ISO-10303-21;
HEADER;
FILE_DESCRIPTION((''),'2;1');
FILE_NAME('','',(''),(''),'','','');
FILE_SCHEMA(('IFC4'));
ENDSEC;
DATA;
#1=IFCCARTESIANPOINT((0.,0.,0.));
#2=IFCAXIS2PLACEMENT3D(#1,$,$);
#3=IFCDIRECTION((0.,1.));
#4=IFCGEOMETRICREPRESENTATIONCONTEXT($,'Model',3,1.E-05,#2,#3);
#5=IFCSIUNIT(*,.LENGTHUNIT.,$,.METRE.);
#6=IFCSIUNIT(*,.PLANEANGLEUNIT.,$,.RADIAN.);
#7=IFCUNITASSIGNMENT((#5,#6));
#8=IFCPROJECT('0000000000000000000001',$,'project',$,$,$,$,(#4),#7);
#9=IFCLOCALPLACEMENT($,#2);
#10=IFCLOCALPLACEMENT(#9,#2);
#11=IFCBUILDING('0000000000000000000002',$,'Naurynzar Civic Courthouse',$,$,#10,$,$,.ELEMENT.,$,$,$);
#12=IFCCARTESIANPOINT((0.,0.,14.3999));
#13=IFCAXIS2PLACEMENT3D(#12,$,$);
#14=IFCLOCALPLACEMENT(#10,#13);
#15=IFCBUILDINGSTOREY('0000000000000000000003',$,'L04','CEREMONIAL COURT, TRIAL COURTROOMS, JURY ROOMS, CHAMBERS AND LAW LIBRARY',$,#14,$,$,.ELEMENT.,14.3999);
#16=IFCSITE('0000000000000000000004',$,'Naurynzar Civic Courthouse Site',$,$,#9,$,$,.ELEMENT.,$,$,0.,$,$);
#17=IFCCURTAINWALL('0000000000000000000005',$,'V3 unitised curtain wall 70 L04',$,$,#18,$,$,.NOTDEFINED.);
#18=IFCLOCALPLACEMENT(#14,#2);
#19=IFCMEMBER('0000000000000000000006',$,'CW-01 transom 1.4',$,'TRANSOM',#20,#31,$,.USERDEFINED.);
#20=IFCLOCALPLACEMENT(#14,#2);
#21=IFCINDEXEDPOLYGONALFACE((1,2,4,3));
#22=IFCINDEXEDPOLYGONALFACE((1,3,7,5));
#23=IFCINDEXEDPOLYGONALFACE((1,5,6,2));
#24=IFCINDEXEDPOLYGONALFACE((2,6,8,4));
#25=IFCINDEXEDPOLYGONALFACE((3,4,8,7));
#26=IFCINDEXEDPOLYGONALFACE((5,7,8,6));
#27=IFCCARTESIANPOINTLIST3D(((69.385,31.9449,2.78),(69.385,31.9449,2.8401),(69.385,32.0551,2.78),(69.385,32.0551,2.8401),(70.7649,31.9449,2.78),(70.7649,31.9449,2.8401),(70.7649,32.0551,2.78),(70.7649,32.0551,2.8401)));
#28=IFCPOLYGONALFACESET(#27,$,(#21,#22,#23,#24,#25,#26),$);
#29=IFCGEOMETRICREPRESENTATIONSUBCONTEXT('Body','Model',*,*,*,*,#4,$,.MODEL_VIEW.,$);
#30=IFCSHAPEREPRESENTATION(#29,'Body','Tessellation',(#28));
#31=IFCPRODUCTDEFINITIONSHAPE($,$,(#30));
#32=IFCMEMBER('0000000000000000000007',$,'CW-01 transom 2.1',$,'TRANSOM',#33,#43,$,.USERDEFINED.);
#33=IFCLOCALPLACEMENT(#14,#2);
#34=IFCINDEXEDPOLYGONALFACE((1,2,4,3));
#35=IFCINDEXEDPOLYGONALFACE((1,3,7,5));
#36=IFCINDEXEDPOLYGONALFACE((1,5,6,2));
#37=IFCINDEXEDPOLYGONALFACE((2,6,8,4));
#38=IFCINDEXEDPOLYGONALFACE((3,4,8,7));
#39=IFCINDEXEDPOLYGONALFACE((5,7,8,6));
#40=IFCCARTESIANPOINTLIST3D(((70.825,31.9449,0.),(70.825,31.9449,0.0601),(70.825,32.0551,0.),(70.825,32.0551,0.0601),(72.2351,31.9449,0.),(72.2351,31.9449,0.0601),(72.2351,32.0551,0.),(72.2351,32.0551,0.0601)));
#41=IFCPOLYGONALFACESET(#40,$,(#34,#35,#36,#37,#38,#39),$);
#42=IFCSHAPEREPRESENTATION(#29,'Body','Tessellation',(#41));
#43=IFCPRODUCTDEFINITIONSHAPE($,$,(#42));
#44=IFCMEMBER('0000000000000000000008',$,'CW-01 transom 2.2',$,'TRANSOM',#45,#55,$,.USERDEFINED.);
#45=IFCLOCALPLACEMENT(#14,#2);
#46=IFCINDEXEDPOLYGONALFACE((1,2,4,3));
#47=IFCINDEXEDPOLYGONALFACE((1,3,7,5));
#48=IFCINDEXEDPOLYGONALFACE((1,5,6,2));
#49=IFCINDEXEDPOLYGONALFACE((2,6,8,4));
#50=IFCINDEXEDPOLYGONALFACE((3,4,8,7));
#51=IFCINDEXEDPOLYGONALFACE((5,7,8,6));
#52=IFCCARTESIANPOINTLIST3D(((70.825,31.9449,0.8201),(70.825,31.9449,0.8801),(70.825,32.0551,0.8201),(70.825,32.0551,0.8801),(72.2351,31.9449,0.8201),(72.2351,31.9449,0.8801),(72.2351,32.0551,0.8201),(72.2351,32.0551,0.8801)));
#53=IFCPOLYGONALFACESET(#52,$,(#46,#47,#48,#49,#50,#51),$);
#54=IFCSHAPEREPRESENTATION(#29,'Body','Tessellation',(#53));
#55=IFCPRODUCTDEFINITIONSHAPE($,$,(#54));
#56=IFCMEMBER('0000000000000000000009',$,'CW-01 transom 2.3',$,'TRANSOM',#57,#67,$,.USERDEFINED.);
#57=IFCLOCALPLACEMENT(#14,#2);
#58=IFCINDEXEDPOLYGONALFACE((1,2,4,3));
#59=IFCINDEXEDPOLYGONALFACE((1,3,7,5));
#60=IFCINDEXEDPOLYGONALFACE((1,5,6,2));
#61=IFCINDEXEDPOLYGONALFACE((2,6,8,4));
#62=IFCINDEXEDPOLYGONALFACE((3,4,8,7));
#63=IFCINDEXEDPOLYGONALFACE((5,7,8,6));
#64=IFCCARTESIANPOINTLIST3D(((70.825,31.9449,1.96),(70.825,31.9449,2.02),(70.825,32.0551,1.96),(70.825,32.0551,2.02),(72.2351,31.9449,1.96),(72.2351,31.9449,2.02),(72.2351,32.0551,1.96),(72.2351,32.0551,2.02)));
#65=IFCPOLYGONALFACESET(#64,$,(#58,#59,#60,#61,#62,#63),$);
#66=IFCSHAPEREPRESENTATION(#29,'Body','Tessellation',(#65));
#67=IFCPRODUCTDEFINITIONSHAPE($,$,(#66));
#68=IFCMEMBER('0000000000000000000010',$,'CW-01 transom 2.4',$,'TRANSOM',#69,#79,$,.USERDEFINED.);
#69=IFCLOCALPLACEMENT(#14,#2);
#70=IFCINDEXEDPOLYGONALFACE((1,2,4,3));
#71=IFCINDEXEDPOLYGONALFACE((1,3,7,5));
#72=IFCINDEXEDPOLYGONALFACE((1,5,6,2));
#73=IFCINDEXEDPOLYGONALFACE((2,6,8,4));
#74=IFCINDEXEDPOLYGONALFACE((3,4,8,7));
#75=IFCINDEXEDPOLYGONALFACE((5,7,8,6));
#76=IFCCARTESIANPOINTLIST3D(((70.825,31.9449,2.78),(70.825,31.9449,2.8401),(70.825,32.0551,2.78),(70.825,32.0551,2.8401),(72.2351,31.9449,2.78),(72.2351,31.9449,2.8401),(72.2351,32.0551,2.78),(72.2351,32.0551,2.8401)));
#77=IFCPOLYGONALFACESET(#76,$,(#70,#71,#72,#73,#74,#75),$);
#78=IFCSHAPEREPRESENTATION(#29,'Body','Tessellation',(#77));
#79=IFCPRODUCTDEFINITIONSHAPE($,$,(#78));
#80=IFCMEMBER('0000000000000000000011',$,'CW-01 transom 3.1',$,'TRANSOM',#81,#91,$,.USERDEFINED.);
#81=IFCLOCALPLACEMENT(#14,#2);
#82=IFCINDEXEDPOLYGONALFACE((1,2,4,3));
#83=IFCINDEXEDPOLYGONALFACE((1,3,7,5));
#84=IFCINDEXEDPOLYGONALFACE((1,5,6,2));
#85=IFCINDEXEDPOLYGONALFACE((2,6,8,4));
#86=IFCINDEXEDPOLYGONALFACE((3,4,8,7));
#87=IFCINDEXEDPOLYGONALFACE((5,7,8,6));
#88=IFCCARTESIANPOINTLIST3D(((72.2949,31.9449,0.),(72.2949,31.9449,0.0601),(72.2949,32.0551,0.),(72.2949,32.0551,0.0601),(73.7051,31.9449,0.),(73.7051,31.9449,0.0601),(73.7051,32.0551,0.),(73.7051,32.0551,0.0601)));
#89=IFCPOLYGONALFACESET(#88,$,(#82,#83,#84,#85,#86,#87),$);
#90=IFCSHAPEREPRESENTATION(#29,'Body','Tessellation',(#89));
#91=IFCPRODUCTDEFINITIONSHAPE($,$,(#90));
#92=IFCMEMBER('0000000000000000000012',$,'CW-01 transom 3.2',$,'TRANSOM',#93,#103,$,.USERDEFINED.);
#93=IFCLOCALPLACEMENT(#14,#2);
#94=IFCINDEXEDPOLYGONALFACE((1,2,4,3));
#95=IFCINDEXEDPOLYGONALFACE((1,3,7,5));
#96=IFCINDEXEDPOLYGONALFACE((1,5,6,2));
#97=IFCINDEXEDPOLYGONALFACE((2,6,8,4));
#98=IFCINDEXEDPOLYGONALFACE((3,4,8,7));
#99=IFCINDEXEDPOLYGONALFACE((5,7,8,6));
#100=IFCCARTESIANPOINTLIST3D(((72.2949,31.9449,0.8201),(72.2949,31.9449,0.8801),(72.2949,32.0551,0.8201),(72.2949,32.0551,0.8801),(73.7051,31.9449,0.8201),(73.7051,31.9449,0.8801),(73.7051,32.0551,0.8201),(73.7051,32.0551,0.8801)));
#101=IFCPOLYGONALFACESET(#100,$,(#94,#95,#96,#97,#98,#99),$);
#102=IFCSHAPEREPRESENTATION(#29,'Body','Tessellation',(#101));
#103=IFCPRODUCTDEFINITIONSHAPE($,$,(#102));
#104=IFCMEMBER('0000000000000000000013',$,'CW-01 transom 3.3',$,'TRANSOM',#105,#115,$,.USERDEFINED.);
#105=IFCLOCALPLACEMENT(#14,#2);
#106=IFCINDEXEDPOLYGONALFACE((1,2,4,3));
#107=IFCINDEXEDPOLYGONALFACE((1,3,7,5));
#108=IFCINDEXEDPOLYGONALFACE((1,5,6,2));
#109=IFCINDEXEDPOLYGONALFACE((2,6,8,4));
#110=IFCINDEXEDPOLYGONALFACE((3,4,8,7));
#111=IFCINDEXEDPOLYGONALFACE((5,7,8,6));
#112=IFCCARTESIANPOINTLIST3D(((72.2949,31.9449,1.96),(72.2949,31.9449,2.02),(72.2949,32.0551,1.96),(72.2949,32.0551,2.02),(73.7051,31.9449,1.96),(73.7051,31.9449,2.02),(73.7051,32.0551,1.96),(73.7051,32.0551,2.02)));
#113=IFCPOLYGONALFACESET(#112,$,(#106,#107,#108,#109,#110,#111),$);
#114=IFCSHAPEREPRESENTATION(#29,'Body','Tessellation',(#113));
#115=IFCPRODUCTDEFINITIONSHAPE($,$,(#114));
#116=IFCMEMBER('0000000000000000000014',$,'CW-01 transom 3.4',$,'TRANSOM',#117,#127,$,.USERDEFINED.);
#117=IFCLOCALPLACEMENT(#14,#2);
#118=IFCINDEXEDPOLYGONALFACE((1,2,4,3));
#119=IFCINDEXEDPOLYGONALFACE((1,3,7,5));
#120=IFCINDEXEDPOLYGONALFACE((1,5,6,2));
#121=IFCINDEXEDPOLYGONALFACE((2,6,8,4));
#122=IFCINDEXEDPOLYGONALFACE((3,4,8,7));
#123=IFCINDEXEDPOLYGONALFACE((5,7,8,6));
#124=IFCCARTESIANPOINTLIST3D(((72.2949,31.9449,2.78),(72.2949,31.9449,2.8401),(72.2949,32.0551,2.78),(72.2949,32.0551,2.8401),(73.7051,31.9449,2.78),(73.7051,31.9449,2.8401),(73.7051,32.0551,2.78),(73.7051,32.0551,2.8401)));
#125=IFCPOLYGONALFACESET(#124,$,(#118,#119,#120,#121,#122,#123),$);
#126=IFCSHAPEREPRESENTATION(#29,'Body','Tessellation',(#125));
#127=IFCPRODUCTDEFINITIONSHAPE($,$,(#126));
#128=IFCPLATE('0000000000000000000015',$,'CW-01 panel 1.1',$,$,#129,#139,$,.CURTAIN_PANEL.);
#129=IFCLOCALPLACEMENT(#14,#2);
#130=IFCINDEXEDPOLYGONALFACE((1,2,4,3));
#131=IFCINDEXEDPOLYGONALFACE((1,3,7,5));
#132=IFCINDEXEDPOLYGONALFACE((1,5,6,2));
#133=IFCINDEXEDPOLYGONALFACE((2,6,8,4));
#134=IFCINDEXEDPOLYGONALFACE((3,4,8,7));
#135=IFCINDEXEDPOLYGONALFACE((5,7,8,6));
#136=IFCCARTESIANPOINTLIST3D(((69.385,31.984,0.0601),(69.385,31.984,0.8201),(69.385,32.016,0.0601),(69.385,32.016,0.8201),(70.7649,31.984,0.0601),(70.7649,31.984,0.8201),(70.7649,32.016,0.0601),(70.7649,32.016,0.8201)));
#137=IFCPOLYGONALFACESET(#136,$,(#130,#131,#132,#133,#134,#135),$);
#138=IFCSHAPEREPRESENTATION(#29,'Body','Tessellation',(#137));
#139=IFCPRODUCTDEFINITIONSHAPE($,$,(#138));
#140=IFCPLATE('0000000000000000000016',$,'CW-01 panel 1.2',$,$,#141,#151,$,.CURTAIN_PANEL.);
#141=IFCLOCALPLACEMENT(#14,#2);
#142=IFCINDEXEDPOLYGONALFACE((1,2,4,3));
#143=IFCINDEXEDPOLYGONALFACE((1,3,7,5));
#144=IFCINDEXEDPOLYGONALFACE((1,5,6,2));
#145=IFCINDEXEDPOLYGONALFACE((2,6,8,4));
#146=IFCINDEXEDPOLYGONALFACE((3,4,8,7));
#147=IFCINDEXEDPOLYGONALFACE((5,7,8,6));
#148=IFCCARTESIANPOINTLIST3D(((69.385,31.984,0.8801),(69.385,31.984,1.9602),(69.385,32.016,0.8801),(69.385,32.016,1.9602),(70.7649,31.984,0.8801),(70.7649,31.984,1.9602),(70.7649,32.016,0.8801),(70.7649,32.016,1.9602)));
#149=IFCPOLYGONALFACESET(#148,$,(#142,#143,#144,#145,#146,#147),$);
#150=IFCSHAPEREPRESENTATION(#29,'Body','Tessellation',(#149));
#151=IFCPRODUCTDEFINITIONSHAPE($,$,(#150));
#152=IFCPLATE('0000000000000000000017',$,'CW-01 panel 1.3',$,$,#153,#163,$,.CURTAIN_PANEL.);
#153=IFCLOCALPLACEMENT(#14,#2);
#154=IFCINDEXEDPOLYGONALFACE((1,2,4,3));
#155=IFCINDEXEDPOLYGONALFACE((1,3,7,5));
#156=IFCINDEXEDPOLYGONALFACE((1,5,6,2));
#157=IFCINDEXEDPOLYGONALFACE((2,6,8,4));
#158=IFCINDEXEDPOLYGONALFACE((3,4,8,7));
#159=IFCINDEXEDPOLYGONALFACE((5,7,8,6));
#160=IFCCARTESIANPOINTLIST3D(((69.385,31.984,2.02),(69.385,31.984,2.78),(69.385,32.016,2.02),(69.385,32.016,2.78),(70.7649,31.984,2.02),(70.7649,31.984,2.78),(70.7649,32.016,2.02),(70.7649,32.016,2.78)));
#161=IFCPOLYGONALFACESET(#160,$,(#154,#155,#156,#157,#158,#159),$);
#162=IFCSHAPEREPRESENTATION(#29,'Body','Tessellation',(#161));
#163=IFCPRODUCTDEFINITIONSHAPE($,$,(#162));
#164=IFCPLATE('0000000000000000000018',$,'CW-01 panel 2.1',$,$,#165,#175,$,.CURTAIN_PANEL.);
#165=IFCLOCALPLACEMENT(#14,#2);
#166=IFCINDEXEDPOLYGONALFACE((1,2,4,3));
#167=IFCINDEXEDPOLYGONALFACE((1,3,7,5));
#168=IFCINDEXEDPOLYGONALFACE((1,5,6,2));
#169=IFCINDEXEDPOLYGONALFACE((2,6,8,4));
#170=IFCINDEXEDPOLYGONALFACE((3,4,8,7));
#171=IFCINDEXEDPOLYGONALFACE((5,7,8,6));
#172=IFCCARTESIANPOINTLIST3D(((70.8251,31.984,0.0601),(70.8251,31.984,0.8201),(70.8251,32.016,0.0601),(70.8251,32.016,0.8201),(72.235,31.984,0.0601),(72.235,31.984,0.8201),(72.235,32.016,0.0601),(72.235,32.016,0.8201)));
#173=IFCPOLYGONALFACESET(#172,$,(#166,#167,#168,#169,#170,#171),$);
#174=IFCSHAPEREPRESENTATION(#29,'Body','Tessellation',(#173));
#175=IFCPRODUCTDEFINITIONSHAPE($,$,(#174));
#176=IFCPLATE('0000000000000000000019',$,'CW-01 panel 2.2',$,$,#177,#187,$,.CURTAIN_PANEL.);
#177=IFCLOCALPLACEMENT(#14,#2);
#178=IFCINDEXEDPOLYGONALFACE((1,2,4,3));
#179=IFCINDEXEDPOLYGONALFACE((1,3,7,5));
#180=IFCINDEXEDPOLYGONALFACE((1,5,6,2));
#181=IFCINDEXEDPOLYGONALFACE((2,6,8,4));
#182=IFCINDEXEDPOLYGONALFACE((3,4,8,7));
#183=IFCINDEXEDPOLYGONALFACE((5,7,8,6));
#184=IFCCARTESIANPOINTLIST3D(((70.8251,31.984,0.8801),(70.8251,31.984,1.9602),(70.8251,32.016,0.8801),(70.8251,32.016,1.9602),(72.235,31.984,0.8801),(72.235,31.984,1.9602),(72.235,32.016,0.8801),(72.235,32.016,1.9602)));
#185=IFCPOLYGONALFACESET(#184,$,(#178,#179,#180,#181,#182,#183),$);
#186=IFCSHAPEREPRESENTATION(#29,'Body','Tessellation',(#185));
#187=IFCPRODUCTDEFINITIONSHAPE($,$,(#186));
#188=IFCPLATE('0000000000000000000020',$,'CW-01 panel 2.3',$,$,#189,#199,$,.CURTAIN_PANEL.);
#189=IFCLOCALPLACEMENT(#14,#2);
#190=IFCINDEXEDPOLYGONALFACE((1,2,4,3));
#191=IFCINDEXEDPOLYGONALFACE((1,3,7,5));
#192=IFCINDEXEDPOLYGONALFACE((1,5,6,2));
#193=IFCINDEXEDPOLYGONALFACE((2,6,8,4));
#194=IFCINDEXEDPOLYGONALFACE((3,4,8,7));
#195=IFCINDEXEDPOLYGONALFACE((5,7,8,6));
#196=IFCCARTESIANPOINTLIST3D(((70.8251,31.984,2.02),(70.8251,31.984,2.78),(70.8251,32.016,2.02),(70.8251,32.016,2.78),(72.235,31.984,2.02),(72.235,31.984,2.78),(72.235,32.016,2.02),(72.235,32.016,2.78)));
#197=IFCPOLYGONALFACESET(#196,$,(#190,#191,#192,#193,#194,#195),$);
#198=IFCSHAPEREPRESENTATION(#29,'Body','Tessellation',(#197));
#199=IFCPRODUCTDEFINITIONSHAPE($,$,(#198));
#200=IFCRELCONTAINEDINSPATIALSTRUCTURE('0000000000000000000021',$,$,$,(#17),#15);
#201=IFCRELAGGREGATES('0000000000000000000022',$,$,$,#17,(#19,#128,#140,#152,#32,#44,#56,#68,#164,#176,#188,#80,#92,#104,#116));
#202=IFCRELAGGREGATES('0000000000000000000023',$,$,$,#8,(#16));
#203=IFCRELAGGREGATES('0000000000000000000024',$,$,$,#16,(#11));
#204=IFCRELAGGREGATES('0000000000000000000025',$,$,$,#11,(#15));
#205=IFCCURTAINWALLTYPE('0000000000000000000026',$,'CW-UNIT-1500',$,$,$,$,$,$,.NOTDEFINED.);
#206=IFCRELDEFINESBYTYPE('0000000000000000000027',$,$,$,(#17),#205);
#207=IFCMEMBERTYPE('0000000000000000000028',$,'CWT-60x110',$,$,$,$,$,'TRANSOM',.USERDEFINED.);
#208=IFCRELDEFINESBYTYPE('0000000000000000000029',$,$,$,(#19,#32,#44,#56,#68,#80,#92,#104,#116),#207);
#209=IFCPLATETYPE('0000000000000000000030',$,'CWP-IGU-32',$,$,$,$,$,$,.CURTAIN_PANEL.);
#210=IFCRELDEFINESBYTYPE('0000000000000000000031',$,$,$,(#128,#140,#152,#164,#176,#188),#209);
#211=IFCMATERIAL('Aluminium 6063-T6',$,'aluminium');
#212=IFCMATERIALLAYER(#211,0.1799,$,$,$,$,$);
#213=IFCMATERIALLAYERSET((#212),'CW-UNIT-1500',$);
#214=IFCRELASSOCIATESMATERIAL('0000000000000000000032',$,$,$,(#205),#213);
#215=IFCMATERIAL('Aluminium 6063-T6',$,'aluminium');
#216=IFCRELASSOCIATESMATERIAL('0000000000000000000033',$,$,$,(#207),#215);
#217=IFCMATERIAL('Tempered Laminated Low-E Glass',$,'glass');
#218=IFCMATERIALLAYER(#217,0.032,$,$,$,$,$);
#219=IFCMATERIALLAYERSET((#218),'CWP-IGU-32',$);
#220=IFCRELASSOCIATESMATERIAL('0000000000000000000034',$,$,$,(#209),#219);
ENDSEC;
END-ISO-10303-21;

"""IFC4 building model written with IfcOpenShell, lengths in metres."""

from ifc_helpers import new_model, si_unit, direction, frame, origin, origin_2d, place, context, subcontext, project, spatial, rectangle, extrude, material, layer, layer_set, material_profile, profile_set, type_object, element, aggregate, save


model = new_model("IFC4")

# Units and contexts
model_context = context("Model", 3, precision=1e-05, world=origin(), true_north=direction((0.0, 1.0)))
body_context = subcontext(model_context, "Body", "Model", "MODEL_VIEW")
ifc_project = project(units=[si_unit("LENGTHUNIT", "METRE"), si_unit("PLANEANGLEUNIT", "RADIAN")], contexts=[model_context])

# Site, building, storey
site_placement = place(None, origin())
site = spatial("IfcSite", under=ifc_project, at=site_placement, Name="Naurynzar Civic Courthouse Site", CompositionType="ELEMENT", RefElevation=0.0)
building_placement = place(site_placement, origin())
building = spatial("IfcBuilding", under=site, at=building_placement, Name="Naurynzar Civic Courthouse", CompositionType="ELEMENT")
storey_placement = place(building_placement, frame((0.0, 0.0, 14.3999)))
storey = spatial("IfcBuildingStorey", under=building, at=storey_placement, Name="L04", Description="CEREMONIAL COURT, TRIAL COURTROOMS, JURY ROOMS, CHAMBERS AND LAW LIBRARY", CompositionType="ELEMENT", Elevation=14.3999)

# Curtain wall
ifc_material_1 = material(Name="Aluminium 6063-T6", Category="aluminium")
ifc_layer_1 = layer(ifc_material_1, 0.1799)
ifc_layer_set_1 = layer_set([ifc_layer_1], Name="CW-UNIT-1500")
curtain_wall_type_1 = type_object("IfcCurtainWallType", Name="CW-UNIT-1500", PredefinedType="NOTDEFINED", material=ifc_layer_set_1)
curtain_wall_1_placement = place(storey_placement, origin())
curtain_wall_1 = element("IfcCurtainWall", 1, at=curtain_wall_1_placement, inside=storey, type_object=curtain_wall_type_1, Name="V3 unitised curtain wall 70 L04", PredefinedType="NOTDEFINED")

# Members
ifc_material_2 = material(Name="Aluminium 6063-T6", Category="aluminium")
ifc_material_profile_1 = material_profile(ifc_material_2, rectangle(XDim=0.1101, YDim=0.0601, at=origin_2d()), Name="ALU TRANSOM 60x110")
ifc_profile_set_1 = profile_set([ifc_material_profile_1], Name="Aluminium 6063-T6")
member_type_1 = type_object("IfcMemberType", Name="CWT-60x110", ElementType="TRANSOM", PredefinedType="USERDEFINED", material=ifc_profile_set_1)
member_1_placement = place(storey_placement, frame((69.385, 32.0, 2.8101), z_axis=(1.0, 0.0, 0.0), x_axis=(0.0, 1.0, 0.0)))
member_1 = element("IfcMember", 2, at=member_1_placement, type_object=member_type_1, Name="CW-01 transom 1.4", ObjectType="TRANSOM", PredefinedType="USERDEFINED", context=body_context, shape_type="SweptSolid", body=[
    extrude(rectangle(XDim=0.1101, YDim=0.0601, at=origin_2d()), origin(), (0.0, 0.0, 1.0), 1.3799),
])
member_2_placement = place(storey_placement, frame((70.825, 32.0, 0.03), z_axis=(1.0, 0.0, 0.0), x_axis=(0.0, 1.0, 0.0)))
member_2 = element("IfcMember", 3, at=member_2_placement, type_object=member_type_1, Name="CW-01 transom 2.1", ObjectType="TRANSOM", PredefinedType="USERDEFINED", context=body_context, shape_type="SweptSolid", body=[
    extrude(rectangle(XDim=0.1101, YDim=0.0601, at=origin_2d()), origin(), (0.0, 0.0, 1.0), 1.4102),
])
member_3_placement = place(storey_placement, frame((70.825, 32.0, 0.8501), z_axis=(1.0, 0.0, 0.0), x_axis=(0.0, 1.0, 0.0)))
member_3 = element("IfcMember", 4, at=member_3_placement, type_object=member_type_1, Name="CW-01 transom 2.2", ObjectType="TRANSOM", PredefinedType="USERDEFINED", context=body_context, shape_type="SweptSolid", body=[
    extrude(rectangle(XDim=0.1101, YDim=0.0601, at=origin_2d()), origin(), (0.0, 0.0, 1.0), 1.4102),
])
member_4_placement = place(storey_placement, frame((70.825, 32.0, 1.99), z_axis=(1.0, 0.0, 0.0), x_axis=(0.0, 1.0, 0.0)))
member_4 = element("IfcMember", 5, at=member_4_placement, type_object=member_type_1, Name="CW-01 transom 2.3", ObjectType="TRANSOM", PredefinedType="USERDEFINED", context=body_context, shape_type="SweptSolid", body=[
    extrude(rectangle(XDim=0.1101, YDim=0.0601, at=origin_2d()), origin(), (0.0, 0.0, 1.0), 1.4102),
])
member_5_placement = place(storey_placement, frame((70.825, 32.0, 2.8101), z_axis=(1.0, 0.0, 0.0), x_axis=(0.0, 1.0, 0.0)))
member_5 = element("IfcMember", 6, at=member_5_placement, type_object=member_type_1, Name="CW-01 transom 2.4", ObjectType="TRANSOM", PredefinedType="USERDEFINED", context=body_context, shape_type="SweptSolid", body=[
    extrude(rectangle(XDim=0.1101, YDim=0.0601, at=origin_2d()), origin(), (0.0, 0.0, 1.0), 1.4102),
])
member_6_placement = place(storey_placement, frame((72.2949, 32.0, 0.03), z_axis=(1.0, 0.0, 0.0), x_axis=(0.0, 1.0, 0.0)))
member_6 = element("IfcMember", 7, at=member_6_placement, type_object=member_type_1, Name="CW-01 transom 3.1", ObjectType="TRANSOM", PredefinedType="USERDEFINED", context=body_context, shape_type="SweptSolid", body=[
    extrude(rectangle(XDim=0.1101, YDim=0.0601, at=origin_2d()), origin(), (0.0, 0.0, 1.0), 1.4102),
])
member_7_placement = place(storey_placement, frame((72.2949, 32.0, 0.8501), z_axis=(1.0, 0.0, 0.0), x_axis=(0.0, 1.0, 0.0)))
member_7 = element("IfcMember", 8, at=member_7_placement, type_object=member_type_1, Name="CW-01 transom 3.2", ObjectType="TRANSOM", PredefinedType="USERDEFINED", context=body_context, shape_type="SweptSolid", body=[
    extrude(rectangle(XDim=0.1101, YDim=0.0601, at=origin_2d()), origin(), (0.0, 0.0, 1.0), 1.4102),
])
member_8_placement = place(storey_placement, frame((72.2949, 32.0, 1.99), z_axis=(1.0, 0.0, 0.0), x_axis=(0.0, 1.0, 0.0)))
member_8 = element("IfcMember", 9, at=member_8_placement, type_object=member_type_1, Name="CW-01 transom 3.3", ObjectType="TRANSOM", PredefinedType="USERDEFINED", context=body_context, shape_type="SweptSolid", body=[
    extrude(rectangle(XDim=0.1101, YDim=0.0601, at=origin_2d()), origin(), (0.0, 0.0, 1.0), 1.4102),
])
member_9_placement = place(storey_placement, frame((72.2949, 32.0, 2.8101), z_axis=(1.0, 0.0, 0.0), x_axis=(0.0, 1.0, 0.0)))
member_9 = element("IfcMember", 10, at=member_9_placement, type_object=member_type_1, Name="CW-01 transom 3.4", ObjectType="TRANSOM", PredefinedType="USERDEFINED", context=body_context, shape_type="SweptSolid", body=[
    extrude(rectangle(XDim=0.1101, YDim=0.0601, at=origin_2d()), origin(), (0.0, 0.0, 1.0), 1.4102),
])

# Plates
ifc_material_3 = material(Name="Tempered Laminated Low-E Glass", Category="glass")
ifc_layer_2 = layer(ifc_material_3, 0.032)
ifc_layer_set_2 = layer_set([ifc_layer_2], Name="CWP-IGU-32")
plate_type = type_object("IfcPlateType", Name="CWP-IGU-32", PredefinedType="CURTAIN_PANEL", material=ifc_layer_set_2)
plate_1_placement = place(storey_placement, frame((70.075, 32.0, 0.0601), z_axis=(0.0, 0.0, 1.0), x_axis=(1.0, 0.0, 0.0)))
plate_1 = element("IfcPlate", 11, at=plate_1_placement, type_object=plate_type, Name="CW-01 panel 1.1", PredefinedType="CURTAIN_PANEL", context=body_context, shape_type="SweptSolid", body=[
    extrude(rectangle(XDim=1.3799, YDim=0.032, at=origin_2d()), origin(), (0.0, 0.0, 1.0), 0.76),
])
plate_2_placement = place(storey_placement, frame((70.075, 32.0, 0.8801), z_axis=(0.0, 0.0, 1.0), x_axis=(1.0, 0.0, 0.0)))
plate_2 = element("IfcPlate", 12, at=plate_2_placement, type_object=plate_type, Name="CW-01 panel 1.2", PredefinedType="CURTAIN_PANEL", context=body_context, shape_type="SweptSolid", body=[
    extrude(rectangle(XDim=1.3799, YDim=0.032, at=origin_2d()), origin(), (0.0, 0.0, 1.0), 1.0801),
])
plate_3_placement = place(storey_placement, frame((70.075, 32.0, 2.02), z_axis=(0.0, 0.0, 1.0), x_axis=(1.0, 0.0, 0.0)))
plate_3 = element("IfcPlate", 13, at=plate_3_placement, type_object=plate_type, Name="CW-01 panel 1.3", PredefinedType="CURTAIN_PANEL", context=body_context, shape_type="SweptSolid", body=[
    extrude(rectangle(XDim=1.3799, YDim=0.032, at=origin_2d()), origin(), (0.0, 0.0, 1.0), 0.76),
])
plate_4_placement = place(storey_placement, frame((71.53, 32.0, 0.0601), z_axis=(0.0, 0.0, 1.0), x_axis=(1.0, 0.0, 0.0)))
plate_4 = element("IfcPlate", 14, at=plate_4_placement, type_object=plate_type, Name="CW-01 panel 2.1", PredefinedType="CURTAIN_PANEL", context=body_context, shape_type="SweptSolid", body=[
    extrude(rectangle(XDim=1.4099, YDim=0.032, at=origin_2d()), origin(), (0.0, 0.0, 1.0), 0.76),
])
plate_5_placement = place(storey_placement, frame((71.53, 32.0, 0.8801), z_axis=(0.0, 0.0, 1.0), x_axis=(1.0, 0.0, 0.0)))
plate_5 = element("IfcPlate", 15, at=plate_5_placement, type_object=plate_type, Name="CW-01 panel 2.2", PredefinedType="CURTAIN_PANEL", context=body_context, shape_type="SweptSolid", body=[
    extrude(rectangle(XDim=1.4099, YDim=0.032, at=origin_2d()), origin(), (0.0, 0.0, 1.0), 1.0801),
])
plate_6_placement = place(storey_placement, frame((71.53, 32.0, 2.02), z_axis=(0.0, 0.0, 1.0), x_axis=(1.0, 0.0, 0.0)))
plate_6 = element("IfcPlate", 16, at=plate_6_placement, type_object=plate_type, Name="CW-01 panel 2.3", PredefinedType="CURTAIN_PANEL", context=body_context, shape_type="SweptSolid", body=[
    extrude(rectangle(XDim=1.4099, YDim=0.032, at=origin_2d()), origin(), (0.0, 0.0, 1.0), 0.76),
])
aggregate(curtain_wall_1, [member_1, plate_1, plate_2, plate_3, member_2, member_3, member_4, member_5, plate_4, plate_5, plate_6, member_6, member_7, member_8, member_9])

save(model, "model.ifc")
